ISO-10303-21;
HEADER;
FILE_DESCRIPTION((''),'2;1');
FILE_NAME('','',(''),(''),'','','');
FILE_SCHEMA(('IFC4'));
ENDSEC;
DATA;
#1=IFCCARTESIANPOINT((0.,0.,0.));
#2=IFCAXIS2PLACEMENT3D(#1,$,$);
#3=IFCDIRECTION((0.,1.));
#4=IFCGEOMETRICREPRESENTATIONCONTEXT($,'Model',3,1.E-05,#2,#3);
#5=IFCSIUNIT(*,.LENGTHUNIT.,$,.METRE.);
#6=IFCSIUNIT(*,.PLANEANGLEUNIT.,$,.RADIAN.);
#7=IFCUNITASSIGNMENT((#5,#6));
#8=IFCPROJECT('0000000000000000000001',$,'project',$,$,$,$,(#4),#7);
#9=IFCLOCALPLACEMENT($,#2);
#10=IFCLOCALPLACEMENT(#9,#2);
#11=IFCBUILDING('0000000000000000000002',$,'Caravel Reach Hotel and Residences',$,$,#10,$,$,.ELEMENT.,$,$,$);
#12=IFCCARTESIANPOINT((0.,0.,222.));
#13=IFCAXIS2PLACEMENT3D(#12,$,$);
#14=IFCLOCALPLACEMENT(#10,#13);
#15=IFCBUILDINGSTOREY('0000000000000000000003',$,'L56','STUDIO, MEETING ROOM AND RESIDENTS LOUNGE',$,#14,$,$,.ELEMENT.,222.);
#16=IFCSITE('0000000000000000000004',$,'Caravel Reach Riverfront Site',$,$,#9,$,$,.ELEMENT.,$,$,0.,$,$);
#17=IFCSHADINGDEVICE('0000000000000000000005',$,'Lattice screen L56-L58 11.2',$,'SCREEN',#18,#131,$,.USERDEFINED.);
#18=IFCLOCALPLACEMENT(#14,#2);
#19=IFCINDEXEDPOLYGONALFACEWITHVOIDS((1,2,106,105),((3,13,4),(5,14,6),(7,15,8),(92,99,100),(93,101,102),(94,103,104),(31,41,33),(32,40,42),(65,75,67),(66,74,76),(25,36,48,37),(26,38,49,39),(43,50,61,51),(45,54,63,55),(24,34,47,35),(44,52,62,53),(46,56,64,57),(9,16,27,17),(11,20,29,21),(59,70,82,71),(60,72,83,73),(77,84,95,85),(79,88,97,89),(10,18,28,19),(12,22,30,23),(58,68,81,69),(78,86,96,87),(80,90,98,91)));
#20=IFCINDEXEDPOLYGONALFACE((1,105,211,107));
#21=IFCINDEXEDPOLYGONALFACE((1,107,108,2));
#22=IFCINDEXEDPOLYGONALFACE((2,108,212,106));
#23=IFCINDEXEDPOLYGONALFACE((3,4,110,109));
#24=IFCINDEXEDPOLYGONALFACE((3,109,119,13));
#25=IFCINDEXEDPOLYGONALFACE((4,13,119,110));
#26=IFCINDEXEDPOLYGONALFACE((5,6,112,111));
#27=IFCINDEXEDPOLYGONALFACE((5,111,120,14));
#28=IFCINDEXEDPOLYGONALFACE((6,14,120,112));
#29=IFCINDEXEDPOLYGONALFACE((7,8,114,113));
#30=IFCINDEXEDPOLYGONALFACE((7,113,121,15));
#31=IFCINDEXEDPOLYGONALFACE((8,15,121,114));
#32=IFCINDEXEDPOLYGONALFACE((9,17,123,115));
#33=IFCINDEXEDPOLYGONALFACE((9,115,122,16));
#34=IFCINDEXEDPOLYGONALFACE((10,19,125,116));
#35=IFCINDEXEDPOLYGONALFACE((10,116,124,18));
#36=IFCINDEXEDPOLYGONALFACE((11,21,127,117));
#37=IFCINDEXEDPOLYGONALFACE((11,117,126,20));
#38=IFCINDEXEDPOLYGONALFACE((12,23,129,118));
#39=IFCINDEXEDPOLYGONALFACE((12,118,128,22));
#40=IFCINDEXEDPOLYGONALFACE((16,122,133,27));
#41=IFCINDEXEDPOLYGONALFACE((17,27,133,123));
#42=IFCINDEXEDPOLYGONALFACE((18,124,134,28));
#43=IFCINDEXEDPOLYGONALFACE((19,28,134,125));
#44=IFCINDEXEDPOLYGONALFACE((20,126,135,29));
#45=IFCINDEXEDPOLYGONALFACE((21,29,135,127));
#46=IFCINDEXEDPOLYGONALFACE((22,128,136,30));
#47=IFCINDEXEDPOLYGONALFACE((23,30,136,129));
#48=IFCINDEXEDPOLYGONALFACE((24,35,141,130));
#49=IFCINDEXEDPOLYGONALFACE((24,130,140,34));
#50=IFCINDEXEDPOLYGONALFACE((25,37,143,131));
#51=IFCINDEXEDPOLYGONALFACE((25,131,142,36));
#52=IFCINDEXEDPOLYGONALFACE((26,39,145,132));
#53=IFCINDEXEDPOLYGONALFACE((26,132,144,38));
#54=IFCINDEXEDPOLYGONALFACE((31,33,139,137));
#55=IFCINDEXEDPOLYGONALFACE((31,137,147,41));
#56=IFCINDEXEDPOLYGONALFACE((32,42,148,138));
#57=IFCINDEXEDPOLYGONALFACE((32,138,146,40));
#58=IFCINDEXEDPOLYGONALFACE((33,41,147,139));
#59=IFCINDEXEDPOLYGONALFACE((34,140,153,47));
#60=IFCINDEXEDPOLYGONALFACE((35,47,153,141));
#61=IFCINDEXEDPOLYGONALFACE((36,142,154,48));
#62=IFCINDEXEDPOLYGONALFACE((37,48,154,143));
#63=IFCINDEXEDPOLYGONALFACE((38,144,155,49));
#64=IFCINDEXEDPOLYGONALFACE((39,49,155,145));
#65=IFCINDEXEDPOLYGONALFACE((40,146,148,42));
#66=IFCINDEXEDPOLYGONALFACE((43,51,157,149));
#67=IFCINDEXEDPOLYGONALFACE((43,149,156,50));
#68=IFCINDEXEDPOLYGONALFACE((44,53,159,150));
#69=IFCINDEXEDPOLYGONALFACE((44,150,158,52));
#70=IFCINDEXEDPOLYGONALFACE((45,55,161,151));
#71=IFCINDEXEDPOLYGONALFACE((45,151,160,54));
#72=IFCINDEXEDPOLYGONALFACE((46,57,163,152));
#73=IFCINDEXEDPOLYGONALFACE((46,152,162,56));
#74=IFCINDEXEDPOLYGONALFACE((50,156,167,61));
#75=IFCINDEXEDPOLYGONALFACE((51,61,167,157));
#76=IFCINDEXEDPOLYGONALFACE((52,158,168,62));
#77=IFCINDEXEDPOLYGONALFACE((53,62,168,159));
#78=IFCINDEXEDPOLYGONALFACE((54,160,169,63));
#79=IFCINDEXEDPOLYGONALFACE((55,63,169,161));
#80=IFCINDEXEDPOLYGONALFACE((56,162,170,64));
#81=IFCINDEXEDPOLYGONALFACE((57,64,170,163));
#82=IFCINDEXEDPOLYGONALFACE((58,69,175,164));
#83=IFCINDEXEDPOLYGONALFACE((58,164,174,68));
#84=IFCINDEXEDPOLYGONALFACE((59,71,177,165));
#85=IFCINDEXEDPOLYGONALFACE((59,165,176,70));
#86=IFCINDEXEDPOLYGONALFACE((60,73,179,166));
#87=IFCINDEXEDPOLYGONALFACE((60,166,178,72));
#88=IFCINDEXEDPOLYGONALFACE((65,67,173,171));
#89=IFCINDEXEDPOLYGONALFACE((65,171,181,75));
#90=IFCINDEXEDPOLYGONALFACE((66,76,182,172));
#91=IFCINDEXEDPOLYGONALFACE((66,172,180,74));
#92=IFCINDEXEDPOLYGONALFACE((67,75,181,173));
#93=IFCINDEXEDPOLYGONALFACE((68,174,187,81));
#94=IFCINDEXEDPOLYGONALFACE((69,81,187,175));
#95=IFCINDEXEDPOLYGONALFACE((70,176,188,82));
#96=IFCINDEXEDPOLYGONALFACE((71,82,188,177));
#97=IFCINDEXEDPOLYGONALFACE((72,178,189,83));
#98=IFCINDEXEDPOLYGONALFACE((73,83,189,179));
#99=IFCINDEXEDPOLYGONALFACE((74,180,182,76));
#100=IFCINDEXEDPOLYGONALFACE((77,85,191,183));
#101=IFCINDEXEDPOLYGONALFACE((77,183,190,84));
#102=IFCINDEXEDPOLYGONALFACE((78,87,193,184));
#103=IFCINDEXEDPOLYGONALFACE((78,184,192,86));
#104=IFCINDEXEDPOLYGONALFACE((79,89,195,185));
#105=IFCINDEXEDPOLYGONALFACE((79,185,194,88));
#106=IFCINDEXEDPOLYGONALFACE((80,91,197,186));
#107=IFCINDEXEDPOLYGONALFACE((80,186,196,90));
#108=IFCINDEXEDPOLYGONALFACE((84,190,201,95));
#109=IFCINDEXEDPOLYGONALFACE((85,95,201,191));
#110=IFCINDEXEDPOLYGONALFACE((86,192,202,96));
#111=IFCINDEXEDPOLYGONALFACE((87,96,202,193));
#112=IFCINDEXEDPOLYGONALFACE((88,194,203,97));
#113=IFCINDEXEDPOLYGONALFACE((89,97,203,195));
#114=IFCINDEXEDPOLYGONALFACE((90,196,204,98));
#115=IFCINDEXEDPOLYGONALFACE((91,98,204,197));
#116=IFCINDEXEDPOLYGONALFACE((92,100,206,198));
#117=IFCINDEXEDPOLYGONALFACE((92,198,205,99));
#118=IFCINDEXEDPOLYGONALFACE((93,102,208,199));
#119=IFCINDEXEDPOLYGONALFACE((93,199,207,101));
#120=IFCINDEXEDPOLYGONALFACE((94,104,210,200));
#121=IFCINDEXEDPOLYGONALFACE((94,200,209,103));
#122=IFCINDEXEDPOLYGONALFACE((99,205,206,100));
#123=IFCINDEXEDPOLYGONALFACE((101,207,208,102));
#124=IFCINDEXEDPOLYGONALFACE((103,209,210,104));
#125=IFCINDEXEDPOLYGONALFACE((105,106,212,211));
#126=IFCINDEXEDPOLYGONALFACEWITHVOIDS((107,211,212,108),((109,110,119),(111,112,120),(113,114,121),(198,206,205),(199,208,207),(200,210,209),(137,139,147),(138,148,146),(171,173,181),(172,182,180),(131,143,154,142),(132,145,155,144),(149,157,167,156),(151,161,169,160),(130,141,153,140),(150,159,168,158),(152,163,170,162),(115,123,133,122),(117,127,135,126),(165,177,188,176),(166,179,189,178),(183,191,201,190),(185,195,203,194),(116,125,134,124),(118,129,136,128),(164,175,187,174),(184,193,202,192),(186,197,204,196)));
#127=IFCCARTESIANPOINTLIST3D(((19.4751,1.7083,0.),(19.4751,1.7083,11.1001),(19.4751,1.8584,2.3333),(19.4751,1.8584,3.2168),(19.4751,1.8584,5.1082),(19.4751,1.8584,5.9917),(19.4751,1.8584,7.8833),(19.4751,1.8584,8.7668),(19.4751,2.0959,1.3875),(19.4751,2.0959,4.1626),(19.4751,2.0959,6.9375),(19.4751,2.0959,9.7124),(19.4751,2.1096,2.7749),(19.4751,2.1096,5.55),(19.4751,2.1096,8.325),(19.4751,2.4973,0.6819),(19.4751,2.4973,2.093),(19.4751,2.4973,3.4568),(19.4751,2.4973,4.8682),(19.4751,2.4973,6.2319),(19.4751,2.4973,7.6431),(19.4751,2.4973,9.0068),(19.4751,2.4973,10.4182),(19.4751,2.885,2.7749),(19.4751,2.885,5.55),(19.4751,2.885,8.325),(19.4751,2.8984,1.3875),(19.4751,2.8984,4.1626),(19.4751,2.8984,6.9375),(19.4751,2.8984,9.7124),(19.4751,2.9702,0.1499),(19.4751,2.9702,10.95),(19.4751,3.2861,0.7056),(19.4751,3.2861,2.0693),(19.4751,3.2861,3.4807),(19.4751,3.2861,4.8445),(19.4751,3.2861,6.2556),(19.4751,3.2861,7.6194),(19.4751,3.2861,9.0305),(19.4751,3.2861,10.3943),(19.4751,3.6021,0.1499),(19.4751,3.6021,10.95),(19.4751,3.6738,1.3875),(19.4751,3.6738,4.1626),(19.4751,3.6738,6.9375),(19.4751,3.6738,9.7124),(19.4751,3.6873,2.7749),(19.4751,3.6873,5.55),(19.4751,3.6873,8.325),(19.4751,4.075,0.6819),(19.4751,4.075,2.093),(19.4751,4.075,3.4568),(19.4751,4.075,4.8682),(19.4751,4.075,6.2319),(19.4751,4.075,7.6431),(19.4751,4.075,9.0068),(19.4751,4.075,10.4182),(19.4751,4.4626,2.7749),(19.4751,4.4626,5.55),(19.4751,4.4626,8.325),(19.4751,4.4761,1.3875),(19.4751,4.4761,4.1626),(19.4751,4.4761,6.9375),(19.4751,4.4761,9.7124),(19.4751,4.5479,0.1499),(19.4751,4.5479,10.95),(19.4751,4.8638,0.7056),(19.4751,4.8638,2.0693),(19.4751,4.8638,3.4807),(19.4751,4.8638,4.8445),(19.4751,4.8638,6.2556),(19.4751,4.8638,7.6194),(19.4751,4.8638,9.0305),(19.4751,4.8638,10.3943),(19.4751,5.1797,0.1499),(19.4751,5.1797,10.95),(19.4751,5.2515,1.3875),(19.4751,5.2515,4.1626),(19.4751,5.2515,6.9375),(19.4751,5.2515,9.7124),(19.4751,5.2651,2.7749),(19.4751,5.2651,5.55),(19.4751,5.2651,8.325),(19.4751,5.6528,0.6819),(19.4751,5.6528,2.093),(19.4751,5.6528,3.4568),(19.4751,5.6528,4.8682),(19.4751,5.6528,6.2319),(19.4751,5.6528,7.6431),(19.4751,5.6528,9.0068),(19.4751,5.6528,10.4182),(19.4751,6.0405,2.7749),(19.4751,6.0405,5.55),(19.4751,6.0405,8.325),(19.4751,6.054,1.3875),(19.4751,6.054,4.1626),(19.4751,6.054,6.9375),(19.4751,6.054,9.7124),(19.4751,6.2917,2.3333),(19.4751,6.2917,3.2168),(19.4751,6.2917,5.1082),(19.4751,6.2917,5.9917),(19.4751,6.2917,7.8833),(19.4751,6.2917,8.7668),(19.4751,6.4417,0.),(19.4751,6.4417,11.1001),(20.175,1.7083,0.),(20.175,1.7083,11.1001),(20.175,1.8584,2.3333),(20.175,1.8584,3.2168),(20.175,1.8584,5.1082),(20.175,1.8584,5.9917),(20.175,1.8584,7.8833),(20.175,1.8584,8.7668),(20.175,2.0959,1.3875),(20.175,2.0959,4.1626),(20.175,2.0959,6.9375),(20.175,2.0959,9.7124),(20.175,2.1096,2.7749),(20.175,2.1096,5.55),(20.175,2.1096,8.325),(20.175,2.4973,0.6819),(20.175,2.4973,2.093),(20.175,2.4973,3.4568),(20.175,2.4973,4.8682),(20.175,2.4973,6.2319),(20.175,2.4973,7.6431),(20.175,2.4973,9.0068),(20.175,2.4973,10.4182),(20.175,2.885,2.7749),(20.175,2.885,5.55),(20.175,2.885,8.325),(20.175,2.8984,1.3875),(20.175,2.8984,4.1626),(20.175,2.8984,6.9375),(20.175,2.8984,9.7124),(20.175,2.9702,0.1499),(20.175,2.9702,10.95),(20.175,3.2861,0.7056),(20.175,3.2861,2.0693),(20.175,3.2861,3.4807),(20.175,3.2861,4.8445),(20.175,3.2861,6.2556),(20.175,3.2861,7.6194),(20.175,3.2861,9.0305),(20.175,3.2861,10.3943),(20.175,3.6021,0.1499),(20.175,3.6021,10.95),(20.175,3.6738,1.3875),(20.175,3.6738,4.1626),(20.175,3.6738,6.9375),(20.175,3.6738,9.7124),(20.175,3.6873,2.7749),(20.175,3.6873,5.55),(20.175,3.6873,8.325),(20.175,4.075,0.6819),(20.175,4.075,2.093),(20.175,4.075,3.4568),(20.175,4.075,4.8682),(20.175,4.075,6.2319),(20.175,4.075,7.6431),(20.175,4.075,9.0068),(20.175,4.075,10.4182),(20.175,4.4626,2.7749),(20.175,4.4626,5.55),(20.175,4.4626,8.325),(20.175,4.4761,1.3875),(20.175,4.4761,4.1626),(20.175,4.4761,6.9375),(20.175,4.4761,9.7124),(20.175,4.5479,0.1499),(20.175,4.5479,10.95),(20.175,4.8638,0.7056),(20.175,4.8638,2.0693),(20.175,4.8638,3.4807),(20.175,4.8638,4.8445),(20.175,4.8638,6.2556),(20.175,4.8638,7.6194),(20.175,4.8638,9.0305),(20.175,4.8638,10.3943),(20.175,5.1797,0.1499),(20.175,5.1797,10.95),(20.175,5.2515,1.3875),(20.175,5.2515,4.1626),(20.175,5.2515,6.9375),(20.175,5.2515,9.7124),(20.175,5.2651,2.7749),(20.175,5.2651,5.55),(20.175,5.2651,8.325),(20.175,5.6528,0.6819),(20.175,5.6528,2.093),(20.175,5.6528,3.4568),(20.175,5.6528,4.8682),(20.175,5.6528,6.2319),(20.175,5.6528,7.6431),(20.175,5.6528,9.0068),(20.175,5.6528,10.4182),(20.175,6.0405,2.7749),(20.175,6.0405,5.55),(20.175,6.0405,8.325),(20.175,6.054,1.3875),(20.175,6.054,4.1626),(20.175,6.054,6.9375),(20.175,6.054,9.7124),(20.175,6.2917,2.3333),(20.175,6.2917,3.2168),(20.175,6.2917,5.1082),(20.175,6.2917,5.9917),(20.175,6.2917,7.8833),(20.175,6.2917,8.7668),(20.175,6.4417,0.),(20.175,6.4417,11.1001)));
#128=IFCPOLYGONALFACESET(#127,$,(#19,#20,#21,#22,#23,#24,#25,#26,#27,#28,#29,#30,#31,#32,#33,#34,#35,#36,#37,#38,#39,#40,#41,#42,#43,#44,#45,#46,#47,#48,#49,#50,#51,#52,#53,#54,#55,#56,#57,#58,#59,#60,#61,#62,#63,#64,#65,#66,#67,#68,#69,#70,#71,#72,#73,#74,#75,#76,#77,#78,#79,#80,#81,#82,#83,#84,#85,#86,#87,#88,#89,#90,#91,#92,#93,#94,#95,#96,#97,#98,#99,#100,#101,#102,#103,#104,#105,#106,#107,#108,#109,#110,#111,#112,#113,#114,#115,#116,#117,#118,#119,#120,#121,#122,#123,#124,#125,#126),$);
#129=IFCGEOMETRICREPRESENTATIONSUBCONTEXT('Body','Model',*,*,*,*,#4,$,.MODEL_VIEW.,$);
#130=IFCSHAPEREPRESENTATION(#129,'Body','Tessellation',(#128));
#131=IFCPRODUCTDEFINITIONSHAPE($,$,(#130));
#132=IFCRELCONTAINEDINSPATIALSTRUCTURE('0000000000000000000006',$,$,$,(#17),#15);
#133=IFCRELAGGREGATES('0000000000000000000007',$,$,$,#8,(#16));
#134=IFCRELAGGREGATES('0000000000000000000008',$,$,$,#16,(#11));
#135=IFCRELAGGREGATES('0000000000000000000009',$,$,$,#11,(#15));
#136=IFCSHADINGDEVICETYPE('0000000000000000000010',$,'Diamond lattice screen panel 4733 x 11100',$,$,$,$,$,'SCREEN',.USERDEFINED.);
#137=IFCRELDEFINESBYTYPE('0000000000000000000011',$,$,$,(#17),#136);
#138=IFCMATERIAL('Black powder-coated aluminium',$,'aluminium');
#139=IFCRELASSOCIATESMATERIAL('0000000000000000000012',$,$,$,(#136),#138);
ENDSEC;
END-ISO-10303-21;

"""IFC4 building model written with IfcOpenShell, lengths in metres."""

from ifc_helpers import new_model, si_unit, direction, frame, origin, place, context, subcontext, project, spatial, polyline, outline, extrude, material, type_object, element, save


model = new_model("IFC4")

# Units and contexts
model_context = context("Model", 3, precision=1e-05, world=origin(), true_north=direction((0.0, 1.0)))
body_context = subcontext(model_context, "Body", "Model", "MODEL_VIEW")
ifc_project = project(units=[si_unit("LENGTHUNIT", "METRE"), si_unit("PLANEANGLEUNIT", "RADIAN")], contexts=[model_context])

# Site, building, storey
site_placement = place(None, origin())
site = spatial("IfcSite", under=ifc_project, at=site_placement, Name="Caravel Reach Riverfront Site", CompositionType="ELEMENT", RefElevation=0.0)
building_placement = place(site_placement, origin())
building = spatial("IfcBuilding", under=site, at=building_placement, Name="Caravel Reach Hotel and Residences", CompositionType="ELEMENT")
storey_placement = place(building_placement, frame((0.0, 0.0, 222.0)))
storey = spatial("IfcBuildingStorey", under=building, at=storey_placement, Name="L56", Description="STUDIO, MEETING ROOM AND RESIDENTS LOUNGE", CompositionType="ELEMENT", Elevation=222.0)

# Shading device
ifc_material_1 = material(Name="Black powder-coated aluminium", Category="aluminium")
shading_device_type_1 = type_object("IfcShadingDeviceType", Name="Diamond lattice screen panel 4733 x 11100", ElementType="SCREEN", PredefinedType="USERDEFINED", material=ifc_material_1)
shading_device_1_placement = place(storey_placement, frame((20.175, 6.4417, 0.0), z_axis=(-1.0, 0.0, 0.0), x_axis=(0.0, -1.0, 0.0)))
element("IfcShadingDevice", 1, at=shading_device_1_placement, inside=storey, type_object=shading_device_type_1, Name="Lattice screen L56-L58 11.2", ObjectType="SCREEN", PredefinedType="USERDEFINED", context=body_context, shape_type="SweptSolid", body=[
    extrude(outline(polyline([(0.0, 0.0), (4.7334, 0.0), (4.7334, 11.1001), (0.0, 11.1001), (0.0, 0.0)]), holes=[polyline([(0.4011, 2.7749), (0.1499, 3.2168), (0.1499, 2.3333), (0.4011, 2.7749)]), polyline([(0.4011, 5.55), (0.1499, 5.9917), (0.1499, 5.1082), (0.4011, 5.55)]), polyline([(0.4011, 8.325), (0.1499, 8.7668), (0.1499, 7.8833), (0.4011, 8.325)]), polyline([(0.7888, 2.093), (0.3877, 1.3875), (0.7888, 0.6819), (1.1902, 1.3875), (0.7888, 2.093)]), polyline([(0.7888, 4.8682), (0.3877, 4.1626), (0.7888, 3.4568), (1.1902, 4.1626), (0.7888, 4.8682)]), polyline([(0.7888, 7.6431), (0.3877, 6.9375), (0.7888, 6.2319), (1.1902, 6.9375), (0.7888, 7.6431)]), polyline([(0.7888, 10.4182), (0.3877, 9.7124), (0.7888, 9.0068), (1.1902, 9.7124), (0.7888, 10.4182)]), polyline([(1.5779, 0.7056), (1.262, 0.1499), (1.8938, 0.1499), (1.5779, 0.7056)]), polyline([(1.5779, 3.4807), (1.1765, 2.7749), (1.5779, 2.0693), (1.979, 2.7749), (1.5779, 3.4807)]), polyline([(1.5779, 6.2556), (1.1765, 5.55), (1.5779, 4.8445), (1.979, 5.55), (1.5779, 6.2556)]), polyline([(1.5779, 9.0305), (1.1765, 8.325), (1.5779, 7.6194), (1.979, 8.325), (1.5779, 9.0305)]), polyline([(1.5779, 10.3943), (1.8938, 10.95), (1.262, 10.95), (1.5779, 10.3943)]), polyline([(2.3667, 2.093), (1.9656, 1.3875), (2.3667, 0.6819), (2.7678, 1.3875), (2.3667, 2.093)]), polyline([(2.3667, 4.8682), (1.9656, 4.1626), (2.3667, 3.4568), (2.7678, 4.1626), (2.3667, 4.8682)]), polyline([(2.3667, 7.6431), (1.9656, 6.9375), (2.3667, 6.2319), (2.7678, 6.9375), (2.3667, 7.6431)]), polyline([(2.3667, 10.4182), (1.9656, 9.7124), (2.3667, 9.0068), (2.7678, 9.7124), (2.3667, 10.4182)]), polyline([(3.1555, 0.7056), (2.8396, 0.1499), (3.4714, 0.1499), (3.1555, 0.7056)]), polyline([(3.1555, 3.4807), (2.7544, 2.7749), (3.1555, 2.0693), (3.5566, 2.7749), (3.1555, 3.4807)]), polyline([(3.1555, 6.2556), (2.7544, 5.55), (3.1555, 4.8445), (3.5566, 5.55), (3.1555, 6.2556)]), polyline([(3.1555, 9.0305), (2.7544, 8.325), (3.1555, 7.6194), (3.5566, 8.325), (3.1555, 9.0305)]), polyline([(3.1555, 10.3943), (3.4714, 10.95), (2.8396, 10.95), (3.1555, 10.3943)]), polyline([(3.9443, 2.093), (3.5432, 1.3875), (3.9443, 0.6819), (4.3457, 1.3875), (3.9443, 2.093)]), polyline([(3.9443, 4.8682), (3.5432, 4.1626), (3.9443, 3.4568), (4.3457, 4.1626), (3.9443, 4.8682)]), polyline([(3.9443, 7.6431), (3.5432, 6.9375), (3.9443, 6.2319), (4.3457, 6.9375), (3.9443, 7.6431)]), polyline([(3.9443, 10.4182), (3.5432, 9.7124), (3.9443, 9.0068), (4.3457, 9.7124), (3.9443, 10.4182)]), polyline([(4.332, 2.7749), (4.5833, 2.3333), (4.5833, 3.2168), (4.332, 2.7749)]), polyline([(4.332, 5.55), (4.5833, 5.1082), (4.5833, 5.9917), (4.332, 5.55)]), polyline([(4.332, 8.325), (4.5833, 7.8833), (4.5833, 8.7668), (4.332, 8.325)])]), origin(), (0.0, 0.0, 1.0), 0.7),
])

save(model, "model.ifc")
